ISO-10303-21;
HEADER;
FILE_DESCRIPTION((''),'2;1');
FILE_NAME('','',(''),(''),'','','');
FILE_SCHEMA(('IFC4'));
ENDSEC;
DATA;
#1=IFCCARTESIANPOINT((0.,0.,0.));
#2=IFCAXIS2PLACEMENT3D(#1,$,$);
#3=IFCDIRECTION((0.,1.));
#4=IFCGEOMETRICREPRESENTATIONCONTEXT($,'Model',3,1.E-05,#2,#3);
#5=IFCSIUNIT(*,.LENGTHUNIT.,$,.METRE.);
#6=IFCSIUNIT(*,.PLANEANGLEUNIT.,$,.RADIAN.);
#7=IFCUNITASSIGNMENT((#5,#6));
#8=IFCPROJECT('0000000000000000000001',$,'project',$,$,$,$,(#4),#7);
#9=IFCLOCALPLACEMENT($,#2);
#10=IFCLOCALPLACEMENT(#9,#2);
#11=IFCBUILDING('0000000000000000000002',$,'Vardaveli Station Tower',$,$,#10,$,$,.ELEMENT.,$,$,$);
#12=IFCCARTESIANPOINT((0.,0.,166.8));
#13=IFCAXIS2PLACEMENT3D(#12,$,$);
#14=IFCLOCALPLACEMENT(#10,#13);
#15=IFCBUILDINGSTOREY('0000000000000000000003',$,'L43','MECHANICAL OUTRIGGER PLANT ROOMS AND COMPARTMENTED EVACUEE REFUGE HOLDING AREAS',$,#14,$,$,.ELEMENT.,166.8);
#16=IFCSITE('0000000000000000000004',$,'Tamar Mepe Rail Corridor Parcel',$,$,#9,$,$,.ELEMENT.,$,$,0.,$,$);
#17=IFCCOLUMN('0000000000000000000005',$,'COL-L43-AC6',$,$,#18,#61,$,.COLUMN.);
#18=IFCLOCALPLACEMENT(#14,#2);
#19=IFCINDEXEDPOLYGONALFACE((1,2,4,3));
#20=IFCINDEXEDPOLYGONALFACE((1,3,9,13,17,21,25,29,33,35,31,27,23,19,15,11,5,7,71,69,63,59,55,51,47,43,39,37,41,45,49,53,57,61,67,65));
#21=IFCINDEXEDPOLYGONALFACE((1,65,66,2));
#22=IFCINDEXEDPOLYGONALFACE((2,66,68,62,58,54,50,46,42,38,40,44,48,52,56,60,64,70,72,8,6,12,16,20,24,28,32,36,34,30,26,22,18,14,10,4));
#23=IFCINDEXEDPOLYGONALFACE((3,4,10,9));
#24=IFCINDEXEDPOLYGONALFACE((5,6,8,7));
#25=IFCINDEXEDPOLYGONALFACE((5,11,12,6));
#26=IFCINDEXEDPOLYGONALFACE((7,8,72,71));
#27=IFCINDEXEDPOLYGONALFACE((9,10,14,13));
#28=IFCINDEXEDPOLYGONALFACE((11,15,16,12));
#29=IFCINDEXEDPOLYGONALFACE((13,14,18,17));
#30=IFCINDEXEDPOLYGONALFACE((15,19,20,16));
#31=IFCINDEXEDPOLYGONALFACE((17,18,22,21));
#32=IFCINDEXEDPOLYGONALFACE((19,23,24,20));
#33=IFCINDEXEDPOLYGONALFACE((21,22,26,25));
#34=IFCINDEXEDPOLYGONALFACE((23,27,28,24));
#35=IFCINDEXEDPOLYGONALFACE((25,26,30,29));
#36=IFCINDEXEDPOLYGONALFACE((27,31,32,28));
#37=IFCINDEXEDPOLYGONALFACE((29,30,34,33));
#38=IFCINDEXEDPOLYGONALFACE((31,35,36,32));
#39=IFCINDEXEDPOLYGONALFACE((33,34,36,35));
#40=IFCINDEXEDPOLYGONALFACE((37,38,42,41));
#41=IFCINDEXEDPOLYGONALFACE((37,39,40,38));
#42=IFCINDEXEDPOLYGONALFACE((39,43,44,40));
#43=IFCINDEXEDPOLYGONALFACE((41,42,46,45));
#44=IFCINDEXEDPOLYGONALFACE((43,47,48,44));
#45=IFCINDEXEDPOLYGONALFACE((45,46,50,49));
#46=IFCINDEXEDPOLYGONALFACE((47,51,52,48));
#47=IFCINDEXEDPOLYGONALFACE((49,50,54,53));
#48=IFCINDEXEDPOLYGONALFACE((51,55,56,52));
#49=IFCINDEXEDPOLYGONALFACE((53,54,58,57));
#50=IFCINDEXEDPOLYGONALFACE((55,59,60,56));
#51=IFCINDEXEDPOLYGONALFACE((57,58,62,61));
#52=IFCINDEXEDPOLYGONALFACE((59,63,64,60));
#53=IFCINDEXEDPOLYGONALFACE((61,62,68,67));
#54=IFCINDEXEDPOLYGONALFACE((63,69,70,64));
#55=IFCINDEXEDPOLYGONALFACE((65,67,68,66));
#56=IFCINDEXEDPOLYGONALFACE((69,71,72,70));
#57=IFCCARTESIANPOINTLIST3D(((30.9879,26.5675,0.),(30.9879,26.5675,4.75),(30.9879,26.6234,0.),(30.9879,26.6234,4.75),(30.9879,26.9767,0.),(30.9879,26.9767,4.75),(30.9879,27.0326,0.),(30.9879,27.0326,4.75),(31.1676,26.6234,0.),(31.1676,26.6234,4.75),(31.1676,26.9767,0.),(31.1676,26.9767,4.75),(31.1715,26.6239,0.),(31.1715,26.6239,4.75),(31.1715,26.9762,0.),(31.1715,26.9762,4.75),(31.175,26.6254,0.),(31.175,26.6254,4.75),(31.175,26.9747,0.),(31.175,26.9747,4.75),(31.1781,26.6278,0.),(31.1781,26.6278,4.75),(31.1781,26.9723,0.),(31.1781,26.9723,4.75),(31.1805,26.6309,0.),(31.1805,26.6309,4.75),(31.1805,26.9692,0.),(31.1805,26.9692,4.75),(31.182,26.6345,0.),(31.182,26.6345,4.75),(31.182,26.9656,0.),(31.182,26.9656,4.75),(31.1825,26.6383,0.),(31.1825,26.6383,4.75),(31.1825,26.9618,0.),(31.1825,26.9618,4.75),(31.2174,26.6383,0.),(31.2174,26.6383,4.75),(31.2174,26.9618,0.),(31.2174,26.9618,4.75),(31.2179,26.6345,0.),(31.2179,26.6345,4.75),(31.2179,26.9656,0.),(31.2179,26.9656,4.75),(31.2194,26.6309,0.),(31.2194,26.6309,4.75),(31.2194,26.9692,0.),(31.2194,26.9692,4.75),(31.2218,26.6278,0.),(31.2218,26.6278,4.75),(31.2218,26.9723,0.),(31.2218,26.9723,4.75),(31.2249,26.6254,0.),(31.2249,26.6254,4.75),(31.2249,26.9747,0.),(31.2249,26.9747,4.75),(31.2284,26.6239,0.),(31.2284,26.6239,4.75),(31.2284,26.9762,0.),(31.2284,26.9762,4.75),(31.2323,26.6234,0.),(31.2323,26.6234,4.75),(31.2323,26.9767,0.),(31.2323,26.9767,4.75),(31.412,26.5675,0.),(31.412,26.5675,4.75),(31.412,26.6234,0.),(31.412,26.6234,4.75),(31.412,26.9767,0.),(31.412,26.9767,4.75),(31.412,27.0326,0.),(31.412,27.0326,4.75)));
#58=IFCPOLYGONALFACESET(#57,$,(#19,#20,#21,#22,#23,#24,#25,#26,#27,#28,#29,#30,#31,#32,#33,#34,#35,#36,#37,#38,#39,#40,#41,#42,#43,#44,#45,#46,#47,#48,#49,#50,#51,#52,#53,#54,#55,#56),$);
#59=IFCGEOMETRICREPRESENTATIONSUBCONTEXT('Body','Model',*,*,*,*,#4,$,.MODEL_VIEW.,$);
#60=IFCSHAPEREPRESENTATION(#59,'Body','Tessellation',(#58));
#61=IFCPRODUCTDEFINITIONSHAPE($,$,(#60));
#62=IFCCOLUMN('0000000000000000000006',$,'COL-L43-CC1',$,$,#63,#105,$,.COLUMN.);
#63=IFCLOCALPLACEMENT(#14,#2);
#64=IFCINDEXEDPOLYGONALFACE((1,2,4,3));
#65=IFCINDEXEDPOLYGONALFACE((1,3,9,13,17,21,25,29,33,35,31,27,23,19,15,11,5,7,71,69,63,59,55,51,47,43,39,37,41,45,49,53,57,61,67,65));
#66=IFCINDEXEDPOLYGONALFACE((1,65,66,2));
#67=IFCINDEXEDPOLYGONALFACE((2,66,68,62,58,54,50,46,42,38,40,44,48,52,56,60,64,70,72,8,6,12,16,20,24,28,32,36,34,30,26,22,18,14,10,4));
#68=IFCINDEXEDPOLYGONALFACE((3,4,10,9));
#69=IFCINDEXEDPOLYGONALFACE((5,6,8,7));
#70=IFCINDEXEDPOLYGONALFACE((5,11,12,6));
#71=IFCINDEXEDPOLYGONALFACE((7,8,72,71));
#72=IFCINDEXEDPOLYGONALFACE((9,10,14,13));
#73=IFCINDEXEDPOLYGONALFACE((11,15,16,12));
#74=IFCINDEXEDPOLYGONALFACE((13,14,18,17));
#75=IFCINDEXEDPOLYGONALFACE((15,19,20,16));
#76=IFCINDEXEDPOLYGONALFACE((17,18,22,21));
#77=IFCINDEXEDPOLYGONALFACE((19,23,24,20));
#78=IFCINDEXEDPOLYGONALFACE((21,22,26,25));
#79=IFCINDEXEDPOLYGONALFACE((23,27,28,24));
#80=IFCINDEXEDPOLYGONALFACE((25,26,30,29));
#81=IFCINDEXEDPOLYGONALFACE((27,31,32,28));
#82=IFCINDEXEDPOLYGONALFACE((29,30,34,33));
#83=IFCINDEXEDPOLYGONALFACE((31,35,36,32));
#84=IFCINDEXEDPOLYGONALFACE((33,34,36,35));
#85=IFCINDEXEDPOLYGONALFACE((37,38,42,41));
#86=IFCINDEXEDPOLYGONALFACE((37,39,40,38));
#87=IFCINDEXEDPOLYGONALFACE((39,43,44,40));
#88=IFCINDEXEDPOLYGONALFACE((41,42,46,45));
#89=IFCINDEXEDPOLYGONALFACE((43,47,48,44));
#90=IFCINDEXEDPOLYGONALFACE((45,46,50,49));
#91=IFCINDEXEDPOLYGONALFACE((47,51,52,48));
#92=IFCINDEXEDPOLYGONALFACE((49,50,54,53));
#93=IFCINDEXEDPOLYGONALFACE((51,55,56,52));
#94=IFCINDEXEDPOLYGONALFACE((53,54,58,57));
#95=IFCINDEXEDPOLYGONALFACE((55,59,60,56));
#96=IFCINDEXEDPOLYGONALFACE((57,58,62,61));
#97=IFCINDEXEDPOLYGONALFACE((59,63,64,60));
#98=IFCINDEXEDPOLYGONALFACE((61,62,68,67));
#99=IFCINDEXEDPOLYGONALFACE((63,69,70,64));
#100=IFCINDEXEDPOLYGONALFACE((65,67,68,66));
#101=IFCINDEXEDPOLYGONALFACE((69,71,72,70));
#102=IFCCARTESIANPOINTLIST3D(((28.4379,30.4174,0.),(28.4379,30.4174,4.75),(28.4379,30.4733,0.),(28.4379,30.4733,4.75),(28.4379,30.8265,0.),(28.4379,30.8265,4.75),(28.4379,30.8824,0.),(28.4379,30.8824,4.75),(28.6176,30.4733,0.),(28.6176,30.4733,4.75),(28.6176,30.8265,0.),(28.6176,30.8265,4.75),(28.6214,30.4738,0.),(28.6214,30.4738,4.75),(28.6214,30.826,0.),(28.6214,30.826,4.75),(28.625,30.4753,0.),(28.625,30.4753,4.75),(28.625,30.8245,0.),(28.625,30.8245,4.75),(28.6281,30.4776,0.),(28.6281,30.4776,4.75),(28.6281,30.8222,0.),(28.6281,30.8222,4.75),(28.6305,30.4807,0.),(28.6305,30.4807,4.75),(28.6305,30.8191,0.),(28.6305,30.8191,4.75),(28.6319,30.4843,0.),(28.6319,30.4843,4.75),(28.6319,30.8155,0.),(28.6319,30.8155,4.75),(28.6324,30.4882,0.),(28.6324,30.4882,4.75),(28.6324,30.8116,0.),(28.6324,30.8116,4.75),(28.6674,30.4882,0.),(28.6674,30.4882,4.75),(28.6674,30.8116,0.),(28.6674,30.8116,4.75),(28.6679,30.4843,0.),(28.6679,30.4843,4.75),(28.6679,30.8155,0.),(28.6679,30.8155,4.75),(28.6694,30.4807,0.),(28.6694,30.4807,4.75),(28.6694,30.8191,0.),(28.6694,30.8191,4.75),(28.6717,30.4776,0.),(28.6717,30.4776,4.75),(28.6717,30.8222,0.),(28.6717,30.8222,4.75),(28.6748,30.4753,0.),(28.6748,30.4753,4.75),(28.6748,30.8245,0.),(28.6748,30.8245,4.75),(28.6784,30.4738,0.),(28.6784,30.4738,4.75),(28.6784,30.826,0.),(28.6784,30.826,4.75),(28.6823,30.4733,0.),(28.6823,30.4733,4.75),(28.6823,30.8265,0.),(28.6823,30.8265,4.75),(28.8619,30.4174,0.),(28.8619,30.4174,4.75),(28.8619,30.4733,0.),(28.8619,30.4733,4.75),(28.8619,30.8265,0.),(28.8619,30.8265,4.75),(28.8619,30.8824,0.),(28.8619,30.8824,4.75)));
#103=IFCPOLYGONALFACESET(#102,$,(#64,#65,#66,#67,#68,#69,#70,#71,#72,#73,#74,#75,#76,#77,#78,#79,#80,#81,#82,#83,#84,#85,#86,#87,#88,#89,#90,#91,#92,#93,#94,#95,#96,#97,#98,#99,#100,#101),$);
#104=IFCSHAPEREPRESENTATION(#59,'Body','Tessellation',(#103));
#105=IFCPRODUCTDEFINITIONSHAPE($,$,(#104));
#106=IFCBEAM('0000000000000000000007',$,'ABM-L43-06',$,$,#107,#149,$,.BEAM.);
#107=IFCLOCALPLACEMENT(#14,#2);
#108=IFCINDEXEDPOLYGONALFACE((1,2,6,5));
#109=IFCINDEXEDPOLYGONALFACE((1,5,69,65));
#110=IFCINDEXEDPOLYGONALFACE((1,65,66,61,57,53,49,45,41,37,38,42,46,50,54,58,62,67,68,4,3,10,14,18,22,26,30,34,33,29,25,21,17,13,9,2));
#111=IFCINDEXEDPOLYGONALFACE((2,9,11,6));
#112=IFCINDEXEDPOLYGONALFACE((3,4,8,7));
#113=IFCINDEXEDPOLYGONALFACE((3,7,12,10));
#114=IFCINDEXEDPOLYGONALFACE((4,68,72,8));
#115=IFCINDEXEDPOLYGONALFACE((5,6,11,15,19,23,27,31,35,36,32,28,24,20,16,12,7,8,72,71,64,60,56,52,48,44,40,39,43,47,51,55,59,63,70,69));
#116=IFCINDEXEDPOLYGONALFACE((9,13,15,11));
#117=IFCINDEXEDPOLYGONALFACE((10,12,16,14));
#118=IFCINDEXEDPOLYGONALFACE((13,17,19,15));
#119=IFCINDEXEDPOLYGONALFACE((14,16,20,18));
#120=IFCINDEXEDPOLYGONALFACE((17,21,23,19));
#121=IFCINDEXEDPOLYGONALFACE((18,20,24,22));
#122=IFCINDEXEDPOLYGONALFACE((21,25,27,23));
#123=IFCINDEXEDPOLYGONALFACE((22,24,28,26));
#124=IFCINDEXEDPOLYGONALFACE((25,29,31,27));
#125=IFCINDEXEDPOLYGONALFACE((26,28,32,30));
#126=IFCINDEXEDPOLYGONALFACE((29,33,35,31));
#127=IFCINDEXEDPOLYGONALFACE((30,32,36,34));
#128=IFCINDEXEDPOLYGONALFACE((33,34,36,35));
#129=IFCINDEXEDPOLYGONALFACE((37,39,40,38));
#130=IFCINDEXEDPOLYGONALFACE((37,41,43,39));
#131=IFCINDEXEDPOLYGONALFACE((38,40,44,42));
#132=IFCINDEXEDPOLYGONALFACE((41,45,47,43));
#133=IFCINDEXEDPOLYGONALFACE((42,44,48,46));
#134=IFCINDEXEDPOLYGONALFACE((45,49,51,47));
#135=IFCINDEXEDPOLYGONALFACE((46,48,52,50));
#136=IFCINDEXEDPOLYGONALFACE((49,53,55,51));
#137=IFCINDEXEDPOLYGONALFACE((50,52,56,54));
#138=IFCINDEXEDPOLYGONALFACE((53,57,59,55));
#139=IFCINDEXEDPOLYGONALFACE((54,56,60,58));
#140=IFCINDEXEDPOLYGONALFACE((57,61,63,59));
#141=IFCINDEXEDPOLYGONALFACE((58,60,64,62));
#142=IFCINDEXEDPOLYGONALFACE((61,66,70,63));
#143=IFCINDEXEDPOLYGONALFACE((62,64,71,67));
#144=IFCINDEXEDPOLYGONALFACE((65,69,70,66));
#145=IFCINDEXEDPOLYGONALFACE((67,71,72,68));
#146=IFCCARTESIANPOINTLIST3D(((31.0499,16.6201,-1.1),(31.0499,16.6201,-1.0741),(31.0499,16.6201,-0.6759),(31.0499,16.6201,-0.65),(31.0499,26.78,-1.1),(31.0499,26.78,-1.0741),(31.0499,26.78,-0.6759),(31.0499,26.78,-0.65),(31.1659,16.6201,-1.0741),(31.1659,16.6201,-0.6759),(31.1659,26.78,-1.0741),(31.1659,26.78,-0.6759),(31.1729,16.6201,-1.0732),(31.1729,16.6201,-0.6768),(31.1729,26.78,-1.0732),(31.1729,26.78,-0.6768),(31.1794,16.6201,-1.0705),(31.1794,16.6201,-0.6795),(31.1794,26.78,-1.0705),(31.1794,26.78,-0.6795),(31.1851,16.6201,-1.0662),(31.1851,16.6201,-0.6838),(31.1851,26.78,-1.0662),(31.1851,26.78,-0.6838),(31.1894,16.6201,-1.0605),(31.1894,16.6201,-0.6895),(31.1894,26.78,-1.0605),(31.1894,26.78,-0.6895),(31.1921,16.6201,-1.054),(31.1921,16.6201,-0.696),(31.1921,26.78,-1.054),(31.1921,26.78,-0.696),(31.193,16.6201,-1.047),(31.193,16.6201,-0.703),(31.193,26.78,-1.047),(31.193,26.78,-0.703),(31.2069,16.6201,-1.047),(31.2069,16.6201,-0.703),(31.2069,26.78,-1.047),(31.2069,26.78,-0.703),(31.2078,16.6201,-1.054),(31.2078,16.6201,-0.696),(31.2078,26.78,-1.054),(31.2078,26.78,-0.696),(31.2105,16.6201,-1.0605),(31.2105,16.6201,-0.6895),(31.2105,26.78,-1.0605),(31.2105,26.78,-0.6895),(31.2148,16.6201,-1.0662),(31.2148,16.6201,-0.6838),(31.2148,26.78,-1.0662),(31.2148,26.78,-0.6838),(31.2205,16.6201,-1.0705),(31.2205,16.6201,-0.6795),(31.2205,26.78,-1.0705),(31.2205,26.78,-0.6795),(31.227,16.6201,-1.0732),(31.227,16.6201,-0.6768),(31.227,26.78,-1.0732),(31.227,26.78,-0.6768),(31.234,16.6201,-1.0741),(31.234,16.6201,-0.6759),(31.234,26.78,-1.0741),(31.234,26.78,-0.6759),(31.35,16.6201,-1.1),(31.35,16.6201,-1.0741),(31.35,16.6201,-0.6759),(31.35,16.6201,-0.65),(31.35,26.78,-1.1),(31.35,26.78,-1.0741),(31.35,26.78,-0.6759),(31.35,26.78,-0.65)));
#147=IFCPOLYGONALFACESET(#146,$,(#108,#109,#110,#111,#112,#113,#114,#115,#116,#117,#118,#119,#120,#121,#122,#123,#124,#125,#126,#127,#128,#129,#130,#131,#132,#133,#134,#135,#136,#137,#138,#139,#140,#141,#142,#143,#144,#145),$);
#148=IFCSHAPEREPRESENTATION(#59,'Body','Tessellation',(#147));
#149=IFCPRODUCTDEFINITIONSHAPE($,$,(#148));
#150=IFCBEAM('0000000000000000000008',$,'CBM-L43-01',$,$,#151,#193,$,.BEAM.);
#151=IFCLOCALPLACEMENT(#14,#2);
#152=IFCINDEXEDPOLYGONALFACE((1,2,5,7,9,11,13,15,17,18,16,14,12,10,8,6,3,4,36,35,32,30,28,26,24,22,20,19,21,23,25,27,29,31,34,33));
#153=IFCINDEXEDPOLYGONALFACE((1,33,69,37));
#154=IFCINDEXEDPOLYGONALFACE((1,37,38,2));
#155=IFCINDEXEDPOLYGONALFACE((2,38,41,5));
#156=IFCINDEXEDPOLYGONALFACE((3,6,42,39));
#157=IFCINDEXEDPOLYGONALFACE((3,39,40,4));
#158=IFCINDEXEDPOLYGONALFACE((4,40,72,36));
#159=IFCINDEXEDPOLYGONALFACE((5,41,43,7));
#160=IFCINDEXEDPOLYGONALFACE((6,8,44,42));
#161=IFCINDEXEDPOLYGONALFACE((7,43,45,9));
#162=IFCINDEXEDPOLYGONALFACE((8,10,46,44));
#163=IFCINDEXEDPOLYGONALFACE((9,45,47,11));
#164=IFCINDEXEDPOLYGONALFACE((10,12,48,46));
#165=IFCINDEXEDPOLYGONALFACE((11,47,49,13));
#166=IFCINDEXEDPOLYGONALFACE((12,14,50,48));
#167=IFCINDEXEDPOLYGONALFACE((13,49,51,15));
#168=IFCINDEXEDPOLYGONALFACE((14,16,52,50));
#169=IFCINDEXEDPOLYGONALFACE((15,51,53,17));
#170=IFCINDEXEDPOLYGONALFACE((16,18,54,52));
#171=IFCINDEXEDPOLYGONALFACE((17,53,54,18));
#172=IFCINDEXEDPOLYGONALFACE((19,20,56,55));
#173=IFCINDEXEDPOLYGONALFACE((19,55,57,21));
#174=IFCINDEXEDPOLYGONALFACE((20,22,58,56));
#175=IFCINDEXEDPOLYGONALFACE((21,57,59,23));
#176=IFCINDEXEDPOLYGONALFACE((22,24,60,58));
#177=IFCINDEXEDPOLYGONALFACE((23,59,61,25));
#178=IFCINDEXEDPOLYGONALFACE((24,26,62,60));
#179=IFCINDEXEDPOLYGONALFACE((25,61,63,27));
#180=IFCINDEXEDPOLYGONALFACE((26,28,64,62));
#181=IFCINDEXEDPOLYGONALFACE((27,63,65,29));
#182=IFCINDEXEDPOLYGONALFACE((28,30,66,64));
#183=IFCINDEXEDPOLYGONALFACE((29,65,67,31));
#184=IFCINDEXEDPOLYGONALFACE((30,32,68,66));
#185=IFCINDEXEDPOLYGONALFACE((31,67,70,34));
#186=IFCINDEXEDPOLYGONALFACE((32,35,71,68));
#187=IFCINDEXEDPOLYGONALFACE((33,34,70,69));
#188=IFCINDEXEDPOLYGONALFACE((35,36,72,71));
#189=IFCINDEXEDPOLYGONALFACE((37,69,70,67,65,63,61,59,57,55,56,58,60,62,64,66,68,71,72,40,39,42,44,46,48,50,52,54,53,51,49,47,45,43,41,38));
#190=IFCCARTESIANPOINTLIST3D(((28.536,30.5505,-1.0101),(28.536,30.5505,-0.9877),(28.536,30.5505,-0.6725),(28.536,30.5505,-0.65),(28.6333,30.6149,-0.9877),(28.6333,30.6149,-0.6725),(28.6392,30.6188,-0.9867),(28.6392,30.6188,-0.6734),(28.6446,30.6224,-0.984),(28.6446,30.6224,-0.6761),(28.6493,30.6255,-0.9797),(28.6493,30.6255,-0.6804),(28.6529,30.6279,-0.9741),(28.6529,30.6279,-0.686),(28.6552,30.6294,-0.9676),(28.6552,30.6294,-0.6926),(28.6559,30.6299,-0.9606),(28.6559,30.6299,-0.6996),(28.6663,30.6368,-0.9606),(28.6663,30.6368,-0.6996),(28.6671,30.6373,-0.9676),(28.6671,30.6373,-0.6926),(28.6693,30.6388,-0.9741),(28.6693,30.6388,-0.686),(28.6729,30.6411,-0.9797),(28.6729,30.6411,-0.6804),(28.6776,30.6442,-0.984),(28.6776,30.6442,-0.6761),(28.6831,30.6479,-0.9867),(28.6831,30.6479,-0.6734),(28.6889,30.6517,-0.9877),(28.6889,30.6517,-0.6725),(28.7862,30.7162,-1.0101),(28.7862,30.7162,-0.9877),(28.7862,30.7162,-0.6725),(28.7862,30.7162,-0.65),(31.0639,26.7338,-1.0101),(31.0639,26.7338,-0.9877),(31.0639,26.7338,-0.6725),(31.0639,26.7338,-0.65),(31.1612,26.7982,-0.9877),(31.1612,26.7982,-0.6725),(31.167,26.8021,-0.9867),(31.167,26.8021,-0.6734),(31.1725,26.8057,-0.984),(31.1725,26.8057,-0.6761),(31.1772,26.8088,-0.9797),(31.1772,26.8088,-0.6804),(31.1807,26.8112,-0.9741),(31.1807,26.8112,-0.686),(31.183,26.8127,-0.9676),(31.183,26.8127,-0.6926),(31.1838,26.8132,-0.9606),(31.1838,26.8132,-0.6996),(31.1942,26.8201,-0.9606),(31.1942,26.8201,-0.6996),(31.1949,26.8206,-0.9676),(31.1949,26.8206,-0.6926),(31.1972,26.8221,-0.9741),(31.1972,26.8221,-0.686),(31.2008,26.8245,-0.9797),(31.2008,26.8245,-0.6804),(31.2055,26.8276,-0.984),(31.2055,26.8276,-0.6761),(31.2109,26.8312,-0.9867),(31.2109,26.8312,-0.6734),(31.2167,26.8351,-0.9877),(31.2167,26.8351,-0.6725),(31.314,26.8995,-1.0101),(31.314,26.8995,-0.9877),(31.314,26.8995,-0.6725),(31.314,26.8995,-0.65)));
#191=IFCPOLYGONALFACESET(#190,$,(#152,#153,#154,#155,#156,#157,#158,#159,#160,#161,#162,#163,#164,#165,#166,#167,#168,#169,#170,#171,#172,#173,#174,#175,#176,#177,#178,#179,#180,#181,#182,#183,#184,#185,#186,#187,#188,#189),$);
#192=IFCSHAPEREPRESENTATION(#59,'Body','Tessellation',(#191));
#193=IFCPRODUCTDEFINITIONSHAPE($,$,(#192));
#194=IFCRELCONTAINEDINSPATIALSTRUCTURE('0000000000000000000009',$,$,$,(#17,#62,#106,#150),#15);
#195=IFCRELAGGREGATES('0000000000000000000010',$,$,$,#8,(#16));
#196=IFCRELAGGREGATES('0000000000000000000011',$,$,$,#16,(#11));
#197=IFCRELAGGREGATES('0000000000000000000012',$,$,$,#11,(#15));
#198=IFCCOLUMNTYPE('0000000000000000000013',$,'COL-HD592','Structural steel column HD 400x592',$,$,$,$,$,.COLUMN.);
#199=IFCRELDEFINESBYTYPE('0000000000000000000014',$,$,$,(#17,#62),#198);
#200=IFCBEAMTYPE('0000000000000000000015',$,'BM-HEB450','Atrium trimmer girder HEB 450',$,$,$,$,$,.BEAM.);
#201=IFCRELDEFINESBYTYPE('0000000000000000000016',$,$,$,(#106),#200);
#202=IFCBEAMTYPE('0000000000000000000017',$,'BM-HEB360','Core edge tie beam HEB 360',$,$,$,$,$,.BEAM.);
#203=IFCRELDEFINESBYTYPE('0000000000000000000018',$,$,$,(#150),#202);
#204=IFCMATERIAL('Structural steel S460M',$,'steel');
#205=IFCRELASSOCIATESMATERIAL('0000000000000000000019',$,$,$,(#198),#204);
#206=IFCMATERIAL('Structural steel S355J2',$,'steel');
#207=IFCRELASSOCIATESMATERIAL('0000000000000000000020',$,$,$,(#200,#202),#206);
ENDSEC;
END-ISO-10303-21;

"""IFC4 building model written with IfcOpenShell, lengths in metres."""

from ifc_helpers import new_model, si_unit, direction, frame, origin, origin_2d, place, context, subcontext, project, spatial, i_section, extrude, source, transform, mapped, material, material_profile, profile_set, type_object, element, save


model = new_model("IFC4")

# Units and contexts
model_context = context("Model", 3, precision=1e-05, world=origin(), true_north=direction((0.0, 1.0)))
body_context = subcontext(model_context, "Body", "Model", "MODEL_VIEW")
ifc_project = project(units=[si_unit("LENGTHUNIT", "METRE"), si_unit("PLANEANGLEUNIT", "RADIAN")], contexts=[model_context])

# Site, building, storey
site_placement = place(None, origin())
site = spatial("IfcSite", under=ifc_project, at=site_placement, Name="Tamar Mepe Rail Corridor Parcel", CompositionType="ELEMENT", RefElevation=0.0)
building_placement = place(site_placement, origin())
building = spatial("IfcBuilding", under=site, at=building_placement, Name="Vardaveli Station Tower", CompositionType="ELEMENT")
storey_placement = place(building_placement, frame((0.0, 0.0, 166.8)))
storey = spatial("IfcBuildingStorey", under=building, at=storey_placement, Name="L43", Description="MECHANICAL OUTRIGGER PLANT ROOMS AND COMPARTMENTED EVACUEE REFUGE HOLDING AREAS", CompositionType="ELEMENT", Elevation=166.8)

# Columns
ifc_material_1 = material(Name="Structural steel S460M", Category="steel")
ifc_material_profile_1 = material_profile(ifc_material_1, i_section(OverallWidth=0.4241, OverallDepth=0.4651, WebThickness=0.0349, FlangeThickness=0.0559, FilletRadius=0.0149, at=origin_2d()), Name="HD 400x592")
ifc_profile_set_1 = profile_set([ifc_material_profile_1], Name="Structural steel S460M")
column_type = type_object("IfcColumnType", Name="COL-HD592", Description="Structural steel column HD 400x592", PredefinedType="COLUMN", material=ifc_profile_set_1)
shared_shape_1 = source(origin(), body_context, "Body", "SweptSolid", [
    extrude(i_section(OverallWidth=0.4241, OverallDepth=0.4651, WebThickness=0.0349, FlangeThickness=0.0559, FilletRadius=0.0149, at=origin_2d()), origin(), (0.0, 0.0, 1.0), 4.75),
])
for number, where, z_axis, x_axis, name in (
    (1, (31.2, 26.8, 0.0), (0.0, 0.0, 1.0), (1.0, 0.0, 0.0), "COL-L43-AC6"),
    (2, (28.6499, 30.6499, 0.0), (0.0, 0.0, 1.0), (1.0, 0.0, 0.0), "COL-L43-CC1"),
):
    element("IfcColumn", number, at=place(storey_placement, frame(where, z_axis=z_axis, x_axis=x_axis)), inside=storey, type_object=column_type, Name=name, PredefinedType="COLUMN", context=body_context, shape_type="MappedRepresentation", body=[
        mapped(shared_shape_1, transform((0.0, 0.0, 0.0), scale=1.0)),
    ])

# Beams
ifc_material_2 = material(Name="Structural steel S355J2", Category="steel")
ifc_material_profile_2 = material_profile(ifc_material_2, i_section(OverallWidth=0.3, OverallDepth=0.45, WebThickness=0.0139, FlangeThickness=0.0259, FilletRadius=0.0271, at=origin_2d()), Name="HEB 450")
ifc_profile_set_2 = profile_set([ifc_material_profile_2], Name="Structural steel S355J2")
beam_type_1 = type_object("IfcBeamType", Name="BM-HEB450", Description="Atrium trimmer girder HEB 450", PredefinedType="BEAM", material=ifc_profile_set_2)
shared_shape_2 = source(origin(), body_context, "Body", "SweptSolid", [
    extrude(i_section(OverallWidth=0.3, OverallDepth=0.45, WebThickness=0.0139, FlangeThickness=0.0259, FilletRadius=0.0271, at=origin_2d()), origin(), (0.0, 0.0, 1.0), 10.1599),
])
beam_1_placement = place(storey_placement, frame((31.2, 26.78, -0.875), z_axis=(0.0, -1.0, 0.0), x_axis=(1.0, 0.0, 0.0)))
element("IfcBeam", 3, at=beam_1_placement, inside=storey, type_object=beam_type_1, Name="ABM-L43-06", PredefinedType="BEAM", context=body_context, shape_type="MappedRepresentation", body=[
    mapped(shared_shape_2, transform((0.0, 0.0, 0.0), scale=1.0)),
])
ifc_material_profile_3 = material_profile(ifc_material_2, i_section(OverallWidth=0.3, OverallDepth=0.3601, WebThickness=0.0125, FlangeThickness=0.0225, FilletRadius=0.0271, at=origin_2d()), Name="HEB 360")
ifc_profile_set_3 = profile_set([ifc_material_profile_3], Name="Structural steel S355J2")
beam_type_2 = type_object("IfcBeamType", Name="BM-HEB360", Description="Core edge tie beam HEB 360", PredefinedType="BEAM", material=ifc_profile_set_3)
shared_shape_3 = source(origin(), body_context, "Body", "SweptSolid", [
    extrude(i_section(OverallWidth=0.3, OverallDepth=0.3601, WebThickness=0.0125, FlangeThickness=0.0225, FilletRadius=0.0271, at=origin_2d()), origin(), (0.0, 0.0, 1.0), 4.5779),
])
beam_2_placement = place(storey_placement, frame((31.189, 26.8167, -0.8301), z_axis=(-0.552187, 0.83372, 0.0), x_axis=(-0.83372, -0.552187, 0.0)))
element("IfcBeam", 4, at=beam_2_placement, inside=storey, type_object=beam_type_2, Name="CBM-L43-01", PredefinedType="BEAM", context=body_context, shape_type="MappedRepresentation", body=[
    mapped(shared_shape_3, transform((0.0, 0.0, 0.0), scale=1.0)),
])

save(model, "model.ifc")
